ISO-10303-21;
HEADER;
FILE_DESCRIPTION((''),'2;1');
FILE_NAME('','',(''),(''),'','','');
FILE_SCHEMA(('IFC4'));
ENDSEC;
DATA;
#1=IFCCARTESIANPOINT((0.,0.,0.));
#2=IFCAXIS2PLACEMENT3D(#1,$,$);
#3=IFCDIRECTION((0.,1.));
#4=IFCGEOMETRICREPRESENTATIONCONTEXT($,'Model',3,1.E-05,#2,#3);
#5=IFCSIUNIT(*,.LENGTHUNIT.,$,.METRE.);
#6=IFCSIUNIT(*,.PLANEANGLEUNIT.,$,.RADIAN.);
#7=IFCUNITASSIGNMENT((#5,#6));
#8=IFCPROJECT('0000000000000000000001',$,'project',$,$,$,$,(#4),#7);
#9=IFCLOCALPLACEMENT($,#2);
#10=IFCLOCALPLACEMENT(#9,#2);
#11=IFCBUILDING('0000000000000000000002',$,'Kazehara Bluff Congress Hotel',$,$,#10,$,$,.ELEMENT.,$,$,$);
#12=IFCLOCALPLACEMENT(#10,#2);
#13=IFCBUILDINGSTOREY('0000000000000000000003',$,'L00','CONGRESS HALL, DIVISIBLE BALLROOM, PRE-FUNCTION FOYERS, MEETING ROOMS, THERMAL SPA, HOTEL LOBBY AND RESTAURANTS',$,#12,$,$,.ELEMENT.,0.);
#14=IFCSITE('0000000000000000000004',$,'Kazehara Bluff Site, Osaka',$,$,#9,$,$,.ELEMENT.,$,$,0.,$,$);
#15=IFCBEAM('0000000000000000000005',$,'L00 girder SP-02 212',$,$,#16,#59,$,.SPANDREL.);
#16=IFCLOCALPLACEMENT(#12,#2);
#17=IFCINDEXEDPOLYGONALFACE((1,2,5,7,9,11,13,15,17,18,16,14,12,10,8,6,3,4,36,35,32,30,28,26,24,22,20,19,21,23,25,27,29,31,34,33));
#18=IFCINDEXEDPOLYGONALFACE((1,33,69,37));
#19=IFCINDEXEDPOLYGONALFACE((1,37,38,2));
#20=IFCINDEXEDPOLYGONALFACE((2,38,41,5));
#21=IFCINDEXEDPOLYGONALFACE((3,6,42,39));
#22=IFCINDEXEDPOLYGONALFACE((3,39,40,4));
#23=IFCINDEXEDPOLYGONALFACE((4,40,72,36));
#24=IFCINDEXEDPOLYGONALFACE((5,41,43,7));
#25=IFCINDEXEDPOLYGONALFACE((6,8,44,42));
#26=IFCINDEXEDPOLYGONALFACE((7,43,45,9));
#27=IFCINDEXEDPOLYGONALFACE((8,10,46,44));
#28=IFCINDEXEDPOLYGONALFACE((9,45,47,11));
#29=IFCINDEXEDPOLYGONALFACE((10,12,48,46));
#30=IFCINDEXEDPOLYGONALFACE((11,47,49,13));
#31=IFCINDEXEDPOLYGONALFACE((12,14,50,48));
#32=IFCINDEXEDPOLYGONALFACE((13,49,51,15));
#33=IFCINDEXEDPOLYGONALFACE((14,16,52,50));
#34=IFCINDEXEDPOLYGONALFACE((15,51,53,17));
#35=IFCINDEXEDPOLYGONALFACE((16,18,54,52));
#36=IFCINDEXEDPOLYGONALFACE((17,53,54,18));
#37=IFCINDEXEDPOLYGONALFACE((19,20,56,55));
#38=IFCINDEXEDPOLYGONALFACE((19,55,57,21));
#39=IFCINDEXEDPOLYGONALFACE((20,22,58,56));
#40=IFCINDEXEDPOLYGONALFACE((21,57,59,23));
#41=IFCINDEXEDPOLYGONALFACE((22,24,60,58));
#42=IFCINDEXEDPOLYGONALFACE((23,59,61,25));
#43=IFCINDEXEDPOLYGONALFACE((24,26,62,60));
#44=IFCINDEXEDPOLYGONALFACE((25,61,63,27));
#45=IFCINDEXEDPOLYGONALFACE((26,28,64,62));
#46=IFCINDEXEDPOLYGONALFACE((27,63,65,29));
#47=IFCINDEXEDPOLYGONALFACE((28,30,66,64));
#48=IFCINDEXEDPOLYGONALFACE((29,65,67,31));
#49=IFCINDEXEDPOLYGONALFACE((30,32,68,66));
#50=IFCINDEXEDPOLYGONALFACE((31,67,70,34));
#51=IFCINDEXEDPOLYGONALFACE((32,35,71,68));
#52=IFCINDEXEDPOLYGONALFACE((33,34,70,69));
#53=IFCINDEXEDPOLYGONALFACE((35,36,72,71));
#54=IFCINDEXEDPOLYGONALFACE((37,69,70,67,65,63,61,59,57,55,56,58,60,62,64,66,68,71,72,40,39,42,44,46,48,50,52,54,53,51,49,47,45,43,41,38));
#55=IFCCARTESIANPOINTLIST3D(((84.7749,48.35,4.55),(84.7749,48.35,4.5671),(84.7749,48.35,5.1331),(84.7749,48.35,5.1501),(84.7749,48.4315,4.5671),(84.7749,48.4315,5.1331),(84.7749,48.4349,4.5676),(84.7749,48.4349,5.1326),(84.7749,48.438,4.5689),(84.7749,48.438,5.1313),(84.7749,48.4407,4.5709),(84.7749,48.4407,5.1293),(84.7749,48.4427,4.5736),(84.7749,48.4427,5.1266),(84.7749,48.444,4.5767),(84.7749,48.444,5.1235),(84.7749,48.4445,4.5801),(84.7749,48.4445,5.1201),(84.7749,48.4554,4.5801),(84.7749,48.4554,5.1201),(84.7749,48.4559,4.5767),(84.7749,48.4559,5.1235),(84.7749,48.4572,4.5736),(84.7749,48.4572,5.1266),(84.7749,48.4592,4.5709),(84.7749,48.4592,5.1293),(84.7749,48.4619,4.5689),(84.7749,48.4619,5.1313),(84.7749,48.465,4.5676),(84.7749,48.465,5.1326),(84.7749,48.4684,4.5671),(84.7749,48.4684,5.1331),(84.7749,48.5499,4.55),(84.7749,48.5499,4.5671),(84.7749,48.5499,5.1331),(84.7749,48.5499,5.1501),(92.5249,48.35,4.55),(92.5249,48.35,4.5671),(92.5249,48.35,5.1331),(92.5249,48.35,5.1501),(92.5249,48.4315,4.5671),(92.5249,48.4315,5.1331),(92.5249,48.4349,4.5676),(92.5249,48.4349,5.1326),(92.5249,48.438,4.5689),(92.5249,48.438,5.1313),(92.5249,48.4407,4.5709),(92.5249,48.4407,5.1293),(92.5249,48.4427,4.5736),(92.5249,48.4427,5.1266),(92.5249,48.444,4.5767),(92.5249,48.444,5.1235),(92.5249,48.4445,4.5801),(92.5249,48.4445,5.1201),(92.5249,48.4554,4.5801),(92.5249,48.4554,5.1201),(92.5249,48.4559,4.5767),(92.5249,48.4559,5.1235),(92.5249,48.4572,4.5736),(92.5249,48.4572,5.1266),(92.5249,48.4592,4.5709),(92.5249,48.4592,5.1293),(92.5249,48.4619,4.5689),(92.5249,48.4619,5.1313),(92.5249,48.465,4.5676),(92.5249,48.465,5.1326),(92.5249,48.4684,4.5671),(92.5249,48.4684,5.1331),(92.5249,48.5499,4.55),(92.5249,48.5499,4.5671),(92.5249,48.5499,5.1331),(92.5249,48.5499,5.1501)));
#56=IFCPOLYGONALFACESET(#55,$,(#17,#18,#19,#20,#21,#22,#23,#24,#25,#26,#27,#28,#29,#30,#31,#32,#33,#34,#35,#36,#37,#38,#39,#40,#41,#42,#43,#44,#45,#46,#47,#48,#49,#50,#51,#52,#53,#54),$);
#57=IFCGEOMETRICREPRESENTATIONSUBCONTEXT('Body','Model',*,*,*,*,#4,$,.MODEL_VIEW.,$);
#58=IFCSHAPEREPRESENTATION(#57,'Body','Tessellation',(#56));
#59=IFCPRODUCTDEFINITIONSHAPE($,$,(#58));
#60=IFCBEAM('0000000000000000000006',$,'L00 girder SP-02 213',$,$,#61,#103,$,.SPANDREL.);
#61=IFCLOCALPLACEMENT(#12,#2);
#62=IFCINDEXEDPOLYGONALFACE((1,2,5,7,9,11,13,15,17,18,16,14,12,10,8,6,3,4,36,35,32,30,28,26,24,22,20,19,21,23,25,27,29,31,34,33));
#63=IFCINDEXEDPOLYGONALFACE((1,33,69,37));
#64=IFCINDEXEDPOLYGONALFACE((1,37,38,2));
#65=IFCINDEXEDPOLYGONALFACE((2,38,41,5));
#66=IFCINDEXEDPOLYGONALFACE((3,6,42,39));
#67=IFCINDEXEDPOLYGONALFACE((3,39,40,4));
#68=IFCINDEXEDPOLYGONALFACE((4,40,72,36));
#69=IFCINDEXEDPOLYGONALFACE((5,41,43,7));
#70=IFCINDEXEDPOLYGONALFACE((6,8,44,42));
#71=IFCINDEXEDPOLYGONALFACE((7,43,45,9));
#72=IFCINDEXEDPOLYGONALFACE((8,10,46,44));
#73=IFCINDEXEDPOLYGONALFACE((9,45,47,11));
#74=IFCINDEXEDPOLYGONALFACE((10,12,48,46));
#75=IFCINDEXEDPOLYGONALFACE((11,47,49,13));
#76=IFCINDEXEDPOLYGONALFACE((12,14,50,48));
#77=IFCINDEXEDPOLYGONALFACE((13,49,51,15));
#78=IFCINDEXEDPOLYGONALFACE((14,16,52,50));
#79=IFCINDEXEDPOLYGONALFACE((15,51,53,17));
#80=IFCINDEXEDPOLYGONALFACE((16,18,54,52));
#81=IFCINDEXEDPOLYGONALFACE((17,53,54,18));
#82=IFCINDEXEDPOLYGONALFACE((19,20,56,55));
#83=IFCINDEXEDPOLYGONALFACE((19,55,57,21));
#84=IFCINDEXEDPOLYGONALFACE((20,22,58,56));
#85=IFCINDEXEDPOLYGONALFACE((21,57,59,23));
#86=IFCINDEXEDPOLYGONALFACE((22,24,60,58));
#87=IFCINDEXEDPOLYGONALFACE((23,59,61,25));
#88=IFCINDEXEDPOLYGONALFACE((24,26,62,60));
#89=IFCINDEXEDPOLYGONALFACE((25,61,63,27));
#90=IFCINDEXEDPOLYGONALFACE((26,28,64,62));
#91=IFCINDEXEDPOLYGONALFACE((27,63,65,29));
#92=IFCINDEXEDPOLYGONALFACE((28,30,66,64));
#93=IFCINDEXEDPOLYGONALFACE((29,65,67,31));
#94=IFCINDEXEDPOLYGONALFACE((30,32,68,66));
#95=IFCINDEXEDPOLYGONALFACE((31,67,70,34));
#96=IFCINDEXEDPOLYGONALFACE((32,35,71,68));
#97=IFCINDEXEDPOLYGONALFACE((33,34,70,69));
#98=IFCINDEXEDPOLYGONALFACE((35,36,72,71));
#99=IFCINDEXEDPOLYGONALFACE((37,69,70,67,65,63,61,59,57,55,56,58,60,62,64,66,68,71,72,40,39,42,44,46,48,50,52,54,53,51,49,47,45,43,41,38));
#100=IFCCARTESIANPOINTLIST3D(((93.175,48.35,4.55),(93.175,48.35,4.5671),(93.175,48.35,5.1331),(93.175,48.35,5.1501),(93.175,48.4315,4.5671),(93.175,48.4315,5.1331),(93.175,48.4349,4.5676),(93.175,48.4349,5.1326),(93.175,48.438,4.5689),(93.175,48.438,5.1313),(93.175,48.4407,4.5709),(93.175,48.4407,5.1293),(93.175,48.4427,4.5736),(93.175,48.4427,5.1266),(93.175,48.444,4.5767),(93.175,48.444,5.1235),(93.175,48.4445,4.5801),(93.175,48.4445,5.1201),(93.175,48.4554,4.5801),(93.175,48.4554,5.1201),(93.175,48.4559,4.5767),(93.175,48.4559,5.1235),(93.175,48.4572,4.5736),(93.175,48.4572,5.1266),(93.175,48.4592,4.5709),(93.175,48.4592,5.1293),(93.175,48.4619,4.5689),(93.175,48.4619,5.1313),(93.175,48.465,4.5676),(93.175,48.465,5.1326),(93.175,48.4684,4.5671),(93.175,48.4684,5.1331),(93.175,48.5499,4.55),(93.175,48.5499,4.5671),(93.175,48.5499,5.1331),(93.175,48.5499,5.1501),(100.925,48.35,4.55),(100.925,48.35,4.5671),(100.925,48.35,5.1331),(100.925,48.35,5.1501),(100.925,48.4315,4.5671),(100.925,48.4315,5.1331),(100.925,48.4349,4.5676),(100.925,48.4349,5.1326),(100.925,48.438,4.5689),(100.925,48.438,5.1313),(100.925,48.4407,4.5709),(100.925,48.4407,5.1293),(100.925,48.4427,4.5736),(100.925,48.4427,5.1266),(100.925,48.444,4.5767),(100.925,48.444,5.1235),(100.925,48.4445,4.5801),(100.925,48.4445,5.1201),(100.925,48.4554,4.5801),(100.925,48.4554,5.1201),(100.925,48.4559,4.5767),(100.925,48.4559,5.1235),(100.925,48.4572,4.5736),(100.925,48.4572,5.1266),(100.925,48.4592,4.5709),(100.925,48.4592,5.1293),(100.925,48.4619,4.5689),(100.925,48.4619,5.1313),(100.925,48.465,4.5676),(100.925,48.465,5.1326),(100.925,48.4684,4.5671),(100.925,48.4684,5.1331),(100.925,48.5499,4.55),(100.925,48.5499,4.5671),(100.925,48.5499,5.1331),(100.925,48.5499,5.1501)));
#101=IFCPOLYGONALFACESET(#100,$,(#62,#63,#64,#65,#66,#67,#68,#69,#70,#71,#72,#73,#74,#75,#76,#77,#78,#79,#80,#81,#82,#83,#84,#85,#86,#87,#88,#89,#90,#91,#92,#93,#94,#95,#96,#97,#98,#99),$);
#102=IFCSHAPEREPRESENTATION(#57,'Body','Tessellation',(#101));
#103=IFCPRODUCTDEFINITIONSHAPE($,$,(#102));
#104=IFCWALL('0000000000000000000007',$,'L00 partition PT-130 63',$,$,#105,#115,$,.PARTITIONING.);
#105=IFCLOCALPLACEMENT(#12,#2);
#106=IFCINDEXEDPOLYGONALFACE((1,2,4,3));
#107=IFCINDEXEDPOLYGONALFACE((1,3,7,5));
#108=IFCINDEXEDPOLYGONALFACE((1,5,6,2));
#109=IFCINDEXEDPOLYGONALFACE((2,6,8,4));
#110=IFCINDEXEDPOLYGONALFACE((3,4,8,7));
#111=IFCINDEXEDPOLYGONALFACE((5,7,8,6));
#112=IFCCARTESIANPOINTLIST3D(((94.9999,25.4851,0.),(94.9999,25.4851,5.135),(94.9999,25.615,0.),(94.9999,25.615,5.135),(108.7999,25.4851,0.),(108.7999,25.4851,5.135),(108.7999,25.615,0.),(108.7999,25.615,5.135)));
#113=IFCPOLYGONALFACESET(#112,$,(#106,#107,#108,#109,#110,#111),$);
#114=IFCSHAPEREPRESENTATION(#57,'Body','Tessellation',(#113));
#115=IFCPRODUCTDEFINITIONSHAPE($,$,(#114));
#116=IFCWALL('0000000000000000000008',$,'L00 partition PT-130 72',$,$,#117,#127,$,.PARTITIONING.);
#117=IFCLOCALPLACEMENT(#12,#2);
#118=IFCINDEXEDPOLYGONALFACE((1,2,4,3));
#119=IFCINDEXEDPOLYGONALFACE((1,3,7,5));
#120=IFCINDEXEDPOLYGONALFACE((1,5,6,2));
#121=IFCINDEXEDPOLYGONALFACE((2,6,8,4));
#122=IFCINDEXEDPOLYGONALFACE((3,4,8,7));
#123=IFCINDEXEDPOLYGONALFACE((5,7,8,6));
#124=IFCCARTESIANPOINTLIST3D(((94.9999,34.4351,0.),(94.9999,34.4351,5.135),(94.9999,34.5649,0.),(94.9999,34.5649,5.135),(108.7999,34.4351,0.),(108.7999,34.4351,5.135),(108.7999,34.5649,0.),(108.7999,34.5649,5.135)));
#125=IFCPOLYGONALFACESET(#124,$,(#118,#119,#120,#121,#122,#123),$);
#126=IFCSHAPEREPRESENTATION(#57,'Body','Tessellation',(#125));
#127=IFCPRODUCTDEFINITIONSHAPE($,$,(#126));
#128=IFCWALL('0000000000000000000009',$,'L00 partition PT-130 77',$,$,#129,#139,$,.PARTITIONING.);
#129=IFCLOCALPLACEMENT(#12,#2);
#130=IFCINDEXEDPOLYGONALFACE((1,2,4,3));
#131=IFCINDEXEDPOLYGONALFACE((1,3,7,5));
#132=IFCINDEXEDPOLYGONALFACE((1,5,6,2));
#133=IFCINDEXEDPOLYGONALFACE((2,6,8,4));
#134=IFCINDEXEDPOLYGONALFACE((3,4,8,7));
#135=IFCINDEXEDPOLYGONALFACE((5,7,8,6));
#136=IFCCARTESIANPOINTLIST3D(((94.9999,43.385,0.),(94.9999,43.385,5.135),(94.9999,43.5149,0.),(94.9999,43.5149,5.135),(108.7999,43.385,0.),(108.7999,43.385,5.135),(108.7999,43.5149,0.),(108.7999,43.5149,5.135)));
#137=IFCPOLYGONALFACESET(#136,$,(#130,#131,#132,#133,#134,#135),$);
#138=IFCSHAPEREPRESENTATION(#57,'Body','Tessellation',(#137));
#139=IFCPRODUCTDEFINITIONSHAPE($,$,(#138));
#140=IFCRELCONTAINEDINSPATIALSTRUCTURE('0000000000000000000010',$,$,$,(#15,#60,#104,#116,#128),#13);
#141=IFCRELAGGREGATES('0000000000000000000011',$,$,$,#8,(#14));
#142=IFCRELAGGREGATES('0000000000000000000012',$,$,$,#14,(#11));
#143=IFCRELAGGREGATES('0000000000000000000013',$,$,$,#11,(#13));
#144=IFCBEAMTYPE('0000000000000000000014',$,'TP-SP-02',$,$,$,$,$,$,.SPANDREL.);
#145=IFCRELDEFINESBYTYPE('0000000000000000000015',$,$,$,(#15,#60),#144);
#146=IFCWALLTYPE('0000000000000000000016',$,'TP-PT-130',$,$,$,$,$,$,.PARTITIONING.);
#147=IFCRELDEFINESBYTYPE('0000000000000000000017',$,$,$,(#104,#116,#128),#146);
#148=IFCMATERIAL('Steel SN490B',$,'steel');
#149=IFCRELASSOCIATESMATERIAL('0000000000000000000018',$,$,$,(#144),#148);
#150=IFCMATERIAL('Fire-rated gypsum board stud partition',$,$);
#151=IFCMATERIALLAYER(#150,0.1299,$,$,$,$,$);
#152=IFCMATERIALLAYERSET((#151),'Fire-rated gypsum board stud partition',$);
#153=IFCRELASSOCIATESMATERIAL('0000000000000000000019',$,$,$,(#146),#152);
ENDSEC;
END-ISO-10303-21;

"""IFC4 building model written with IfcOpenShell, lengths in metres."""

from ifc_helpers import new_model, si_unit, direction, frame, frame_2d, origin, origin_2d, place, context, subcontext, project, spatial, rectangle, i_section, extrude, material, layer, layer_set, material_profile, profile_set, type_object, element, save


model = new_model("IFC4")

# Units and contexts
model_context = context("Model", 3, precision=1e-05, world=origin(), true_north=direction((0.0, 1.0)))
body_context = subcontext(model_context, "Body", "Model", "MODEL_VIEW")
ifc_project = project(units=[si_unit("LENGTHUNIT", "METRE"), si_unit("PLANEANGLEUNIT", "RADIAN")], contexts=[model_context])

# Site, building, storey
site_placement = place(None, origin())
site = spatial("IfcSite", under=ifc_project, at=site_placement, Name="Kazehara Bluff Site, Osaka", CompositionType="ELEMENT", RefElevation=0.0)
building_placement = place(site_placement, origin())
building = spatial("IfcBuilding", under=site, at=building_placement, Name="Kazehara Bluff Congress Hotel", CompositionType="ELEMENT")
storey_placement = place(building_placement, origin())
storey = spatial("IfcBuildingStorey", under=building, at=storey_placement, Name="L00", Description="CONGRESS HALL, DIVISIBLE BALLROOM, PRE-FUNCTION FOYERS, MEETING ROOMS, THERMAL SPA, HOTEL LOBBY AND RESTAURANTS", CompositionType="ELEMENT", Elevation=0.0)

# Beams
ifc_material_1 = material(Name="Steel SN490B", Category="steel")
ifc_material_profile_1 = material_profile(ifc_material_1, i_section(OverallWidth=0.2, OverallDepth=0.6001, WebThickness=0.011, FlangeThickness=0.0171, FilletRadius=0.0129, at=origin_2d()))
ifc_profile_set_1 = profile_set([ifc_material_profile_1], Name="Steel SN490B")
beam_type_1 = type_object("IfcBeamType", Name="TP-SP-02", PredefinedType="SPANDREL", material=ifc_profile_set_1)
for number, where, z_axis, x_axis, name in (
    (1, (84.7749, 48.45, 4.8501), (1.0, 0.0, 0.0), (0.0, 1.0, 0.0), "L00 girder SP-02 212"),
    (2, (93.175, 48.45, 4.8501), (1.0, 0.0, 0.0), (0.0, 1.0, 0.0), "L00 girder SP-02 213"),
):
    element("IfcBeam", number, at=place(storey_placement, frame(where, z_axis=z_axis, x_axis=x_axis)), inside=storey, type_object=beam_type_1, Name=name, PredefinedType="SPANDREL", context=body_context, shape_type="SweptSolid", body=[
        extrude(i_section(OverallWidth=0.2, OverallDepth=0.6001, WebThickness=0.011, FlangeThickness=0.0171, FilletRadius=0.0129, at=origin_2d()), origin(), (0.0, 0.0, 1.0), 7.75),
    ])

# Walls
ifc_material_2 = material(Name="Fire-rated gypsum board stud partition")
ifc_layer = layer(ifc_material_2, 0.1299)
ifc_layer_set = layer_set([ifc_layer], Name="Fire-rated gypsum board stud partition")
wall_type = type_object("IfcWallType", Name="TP-PT-130", PredefinedType="PARTITIONING", material=ifc_layer_set)
for number, where, z_axis, x_axis, name in (
    (3, (95.0, 25.55, 0.0), (0.0, 0.0, 1.0), (1.0, 0.0, 0.0), "L00 partition PT-130 63"),
    (4, (95.0, 34.5, 0.0), (0.0, 0.0, 1.0), (1.0, 0.0, 0.0), "L00 partition PT-130 72"),
    (5, (95.0, 43.45, 0.0), (0.0, 0.0, 1.0), (1.0, 0.0, 0.0), "L00 partition PT-130 77"),
):
    element("IfcWall", number, at=place(storey_placement, frame(where, z_axis=z_axis, x_axis=x_axis)), inside=storey, type_object=wall_type, Name=name, PredefinedType="PARTITIONING", context=body_context, shape_type="SweptSolid", body=[
        extrude(rectangle(XDim=13.8, YDim=0.1299, at=frame_2d((6.8999, 0.0))), origin(), (0.0, 0.0, 1.0), 5.135),
    ])

save(model, "model.ifc")
